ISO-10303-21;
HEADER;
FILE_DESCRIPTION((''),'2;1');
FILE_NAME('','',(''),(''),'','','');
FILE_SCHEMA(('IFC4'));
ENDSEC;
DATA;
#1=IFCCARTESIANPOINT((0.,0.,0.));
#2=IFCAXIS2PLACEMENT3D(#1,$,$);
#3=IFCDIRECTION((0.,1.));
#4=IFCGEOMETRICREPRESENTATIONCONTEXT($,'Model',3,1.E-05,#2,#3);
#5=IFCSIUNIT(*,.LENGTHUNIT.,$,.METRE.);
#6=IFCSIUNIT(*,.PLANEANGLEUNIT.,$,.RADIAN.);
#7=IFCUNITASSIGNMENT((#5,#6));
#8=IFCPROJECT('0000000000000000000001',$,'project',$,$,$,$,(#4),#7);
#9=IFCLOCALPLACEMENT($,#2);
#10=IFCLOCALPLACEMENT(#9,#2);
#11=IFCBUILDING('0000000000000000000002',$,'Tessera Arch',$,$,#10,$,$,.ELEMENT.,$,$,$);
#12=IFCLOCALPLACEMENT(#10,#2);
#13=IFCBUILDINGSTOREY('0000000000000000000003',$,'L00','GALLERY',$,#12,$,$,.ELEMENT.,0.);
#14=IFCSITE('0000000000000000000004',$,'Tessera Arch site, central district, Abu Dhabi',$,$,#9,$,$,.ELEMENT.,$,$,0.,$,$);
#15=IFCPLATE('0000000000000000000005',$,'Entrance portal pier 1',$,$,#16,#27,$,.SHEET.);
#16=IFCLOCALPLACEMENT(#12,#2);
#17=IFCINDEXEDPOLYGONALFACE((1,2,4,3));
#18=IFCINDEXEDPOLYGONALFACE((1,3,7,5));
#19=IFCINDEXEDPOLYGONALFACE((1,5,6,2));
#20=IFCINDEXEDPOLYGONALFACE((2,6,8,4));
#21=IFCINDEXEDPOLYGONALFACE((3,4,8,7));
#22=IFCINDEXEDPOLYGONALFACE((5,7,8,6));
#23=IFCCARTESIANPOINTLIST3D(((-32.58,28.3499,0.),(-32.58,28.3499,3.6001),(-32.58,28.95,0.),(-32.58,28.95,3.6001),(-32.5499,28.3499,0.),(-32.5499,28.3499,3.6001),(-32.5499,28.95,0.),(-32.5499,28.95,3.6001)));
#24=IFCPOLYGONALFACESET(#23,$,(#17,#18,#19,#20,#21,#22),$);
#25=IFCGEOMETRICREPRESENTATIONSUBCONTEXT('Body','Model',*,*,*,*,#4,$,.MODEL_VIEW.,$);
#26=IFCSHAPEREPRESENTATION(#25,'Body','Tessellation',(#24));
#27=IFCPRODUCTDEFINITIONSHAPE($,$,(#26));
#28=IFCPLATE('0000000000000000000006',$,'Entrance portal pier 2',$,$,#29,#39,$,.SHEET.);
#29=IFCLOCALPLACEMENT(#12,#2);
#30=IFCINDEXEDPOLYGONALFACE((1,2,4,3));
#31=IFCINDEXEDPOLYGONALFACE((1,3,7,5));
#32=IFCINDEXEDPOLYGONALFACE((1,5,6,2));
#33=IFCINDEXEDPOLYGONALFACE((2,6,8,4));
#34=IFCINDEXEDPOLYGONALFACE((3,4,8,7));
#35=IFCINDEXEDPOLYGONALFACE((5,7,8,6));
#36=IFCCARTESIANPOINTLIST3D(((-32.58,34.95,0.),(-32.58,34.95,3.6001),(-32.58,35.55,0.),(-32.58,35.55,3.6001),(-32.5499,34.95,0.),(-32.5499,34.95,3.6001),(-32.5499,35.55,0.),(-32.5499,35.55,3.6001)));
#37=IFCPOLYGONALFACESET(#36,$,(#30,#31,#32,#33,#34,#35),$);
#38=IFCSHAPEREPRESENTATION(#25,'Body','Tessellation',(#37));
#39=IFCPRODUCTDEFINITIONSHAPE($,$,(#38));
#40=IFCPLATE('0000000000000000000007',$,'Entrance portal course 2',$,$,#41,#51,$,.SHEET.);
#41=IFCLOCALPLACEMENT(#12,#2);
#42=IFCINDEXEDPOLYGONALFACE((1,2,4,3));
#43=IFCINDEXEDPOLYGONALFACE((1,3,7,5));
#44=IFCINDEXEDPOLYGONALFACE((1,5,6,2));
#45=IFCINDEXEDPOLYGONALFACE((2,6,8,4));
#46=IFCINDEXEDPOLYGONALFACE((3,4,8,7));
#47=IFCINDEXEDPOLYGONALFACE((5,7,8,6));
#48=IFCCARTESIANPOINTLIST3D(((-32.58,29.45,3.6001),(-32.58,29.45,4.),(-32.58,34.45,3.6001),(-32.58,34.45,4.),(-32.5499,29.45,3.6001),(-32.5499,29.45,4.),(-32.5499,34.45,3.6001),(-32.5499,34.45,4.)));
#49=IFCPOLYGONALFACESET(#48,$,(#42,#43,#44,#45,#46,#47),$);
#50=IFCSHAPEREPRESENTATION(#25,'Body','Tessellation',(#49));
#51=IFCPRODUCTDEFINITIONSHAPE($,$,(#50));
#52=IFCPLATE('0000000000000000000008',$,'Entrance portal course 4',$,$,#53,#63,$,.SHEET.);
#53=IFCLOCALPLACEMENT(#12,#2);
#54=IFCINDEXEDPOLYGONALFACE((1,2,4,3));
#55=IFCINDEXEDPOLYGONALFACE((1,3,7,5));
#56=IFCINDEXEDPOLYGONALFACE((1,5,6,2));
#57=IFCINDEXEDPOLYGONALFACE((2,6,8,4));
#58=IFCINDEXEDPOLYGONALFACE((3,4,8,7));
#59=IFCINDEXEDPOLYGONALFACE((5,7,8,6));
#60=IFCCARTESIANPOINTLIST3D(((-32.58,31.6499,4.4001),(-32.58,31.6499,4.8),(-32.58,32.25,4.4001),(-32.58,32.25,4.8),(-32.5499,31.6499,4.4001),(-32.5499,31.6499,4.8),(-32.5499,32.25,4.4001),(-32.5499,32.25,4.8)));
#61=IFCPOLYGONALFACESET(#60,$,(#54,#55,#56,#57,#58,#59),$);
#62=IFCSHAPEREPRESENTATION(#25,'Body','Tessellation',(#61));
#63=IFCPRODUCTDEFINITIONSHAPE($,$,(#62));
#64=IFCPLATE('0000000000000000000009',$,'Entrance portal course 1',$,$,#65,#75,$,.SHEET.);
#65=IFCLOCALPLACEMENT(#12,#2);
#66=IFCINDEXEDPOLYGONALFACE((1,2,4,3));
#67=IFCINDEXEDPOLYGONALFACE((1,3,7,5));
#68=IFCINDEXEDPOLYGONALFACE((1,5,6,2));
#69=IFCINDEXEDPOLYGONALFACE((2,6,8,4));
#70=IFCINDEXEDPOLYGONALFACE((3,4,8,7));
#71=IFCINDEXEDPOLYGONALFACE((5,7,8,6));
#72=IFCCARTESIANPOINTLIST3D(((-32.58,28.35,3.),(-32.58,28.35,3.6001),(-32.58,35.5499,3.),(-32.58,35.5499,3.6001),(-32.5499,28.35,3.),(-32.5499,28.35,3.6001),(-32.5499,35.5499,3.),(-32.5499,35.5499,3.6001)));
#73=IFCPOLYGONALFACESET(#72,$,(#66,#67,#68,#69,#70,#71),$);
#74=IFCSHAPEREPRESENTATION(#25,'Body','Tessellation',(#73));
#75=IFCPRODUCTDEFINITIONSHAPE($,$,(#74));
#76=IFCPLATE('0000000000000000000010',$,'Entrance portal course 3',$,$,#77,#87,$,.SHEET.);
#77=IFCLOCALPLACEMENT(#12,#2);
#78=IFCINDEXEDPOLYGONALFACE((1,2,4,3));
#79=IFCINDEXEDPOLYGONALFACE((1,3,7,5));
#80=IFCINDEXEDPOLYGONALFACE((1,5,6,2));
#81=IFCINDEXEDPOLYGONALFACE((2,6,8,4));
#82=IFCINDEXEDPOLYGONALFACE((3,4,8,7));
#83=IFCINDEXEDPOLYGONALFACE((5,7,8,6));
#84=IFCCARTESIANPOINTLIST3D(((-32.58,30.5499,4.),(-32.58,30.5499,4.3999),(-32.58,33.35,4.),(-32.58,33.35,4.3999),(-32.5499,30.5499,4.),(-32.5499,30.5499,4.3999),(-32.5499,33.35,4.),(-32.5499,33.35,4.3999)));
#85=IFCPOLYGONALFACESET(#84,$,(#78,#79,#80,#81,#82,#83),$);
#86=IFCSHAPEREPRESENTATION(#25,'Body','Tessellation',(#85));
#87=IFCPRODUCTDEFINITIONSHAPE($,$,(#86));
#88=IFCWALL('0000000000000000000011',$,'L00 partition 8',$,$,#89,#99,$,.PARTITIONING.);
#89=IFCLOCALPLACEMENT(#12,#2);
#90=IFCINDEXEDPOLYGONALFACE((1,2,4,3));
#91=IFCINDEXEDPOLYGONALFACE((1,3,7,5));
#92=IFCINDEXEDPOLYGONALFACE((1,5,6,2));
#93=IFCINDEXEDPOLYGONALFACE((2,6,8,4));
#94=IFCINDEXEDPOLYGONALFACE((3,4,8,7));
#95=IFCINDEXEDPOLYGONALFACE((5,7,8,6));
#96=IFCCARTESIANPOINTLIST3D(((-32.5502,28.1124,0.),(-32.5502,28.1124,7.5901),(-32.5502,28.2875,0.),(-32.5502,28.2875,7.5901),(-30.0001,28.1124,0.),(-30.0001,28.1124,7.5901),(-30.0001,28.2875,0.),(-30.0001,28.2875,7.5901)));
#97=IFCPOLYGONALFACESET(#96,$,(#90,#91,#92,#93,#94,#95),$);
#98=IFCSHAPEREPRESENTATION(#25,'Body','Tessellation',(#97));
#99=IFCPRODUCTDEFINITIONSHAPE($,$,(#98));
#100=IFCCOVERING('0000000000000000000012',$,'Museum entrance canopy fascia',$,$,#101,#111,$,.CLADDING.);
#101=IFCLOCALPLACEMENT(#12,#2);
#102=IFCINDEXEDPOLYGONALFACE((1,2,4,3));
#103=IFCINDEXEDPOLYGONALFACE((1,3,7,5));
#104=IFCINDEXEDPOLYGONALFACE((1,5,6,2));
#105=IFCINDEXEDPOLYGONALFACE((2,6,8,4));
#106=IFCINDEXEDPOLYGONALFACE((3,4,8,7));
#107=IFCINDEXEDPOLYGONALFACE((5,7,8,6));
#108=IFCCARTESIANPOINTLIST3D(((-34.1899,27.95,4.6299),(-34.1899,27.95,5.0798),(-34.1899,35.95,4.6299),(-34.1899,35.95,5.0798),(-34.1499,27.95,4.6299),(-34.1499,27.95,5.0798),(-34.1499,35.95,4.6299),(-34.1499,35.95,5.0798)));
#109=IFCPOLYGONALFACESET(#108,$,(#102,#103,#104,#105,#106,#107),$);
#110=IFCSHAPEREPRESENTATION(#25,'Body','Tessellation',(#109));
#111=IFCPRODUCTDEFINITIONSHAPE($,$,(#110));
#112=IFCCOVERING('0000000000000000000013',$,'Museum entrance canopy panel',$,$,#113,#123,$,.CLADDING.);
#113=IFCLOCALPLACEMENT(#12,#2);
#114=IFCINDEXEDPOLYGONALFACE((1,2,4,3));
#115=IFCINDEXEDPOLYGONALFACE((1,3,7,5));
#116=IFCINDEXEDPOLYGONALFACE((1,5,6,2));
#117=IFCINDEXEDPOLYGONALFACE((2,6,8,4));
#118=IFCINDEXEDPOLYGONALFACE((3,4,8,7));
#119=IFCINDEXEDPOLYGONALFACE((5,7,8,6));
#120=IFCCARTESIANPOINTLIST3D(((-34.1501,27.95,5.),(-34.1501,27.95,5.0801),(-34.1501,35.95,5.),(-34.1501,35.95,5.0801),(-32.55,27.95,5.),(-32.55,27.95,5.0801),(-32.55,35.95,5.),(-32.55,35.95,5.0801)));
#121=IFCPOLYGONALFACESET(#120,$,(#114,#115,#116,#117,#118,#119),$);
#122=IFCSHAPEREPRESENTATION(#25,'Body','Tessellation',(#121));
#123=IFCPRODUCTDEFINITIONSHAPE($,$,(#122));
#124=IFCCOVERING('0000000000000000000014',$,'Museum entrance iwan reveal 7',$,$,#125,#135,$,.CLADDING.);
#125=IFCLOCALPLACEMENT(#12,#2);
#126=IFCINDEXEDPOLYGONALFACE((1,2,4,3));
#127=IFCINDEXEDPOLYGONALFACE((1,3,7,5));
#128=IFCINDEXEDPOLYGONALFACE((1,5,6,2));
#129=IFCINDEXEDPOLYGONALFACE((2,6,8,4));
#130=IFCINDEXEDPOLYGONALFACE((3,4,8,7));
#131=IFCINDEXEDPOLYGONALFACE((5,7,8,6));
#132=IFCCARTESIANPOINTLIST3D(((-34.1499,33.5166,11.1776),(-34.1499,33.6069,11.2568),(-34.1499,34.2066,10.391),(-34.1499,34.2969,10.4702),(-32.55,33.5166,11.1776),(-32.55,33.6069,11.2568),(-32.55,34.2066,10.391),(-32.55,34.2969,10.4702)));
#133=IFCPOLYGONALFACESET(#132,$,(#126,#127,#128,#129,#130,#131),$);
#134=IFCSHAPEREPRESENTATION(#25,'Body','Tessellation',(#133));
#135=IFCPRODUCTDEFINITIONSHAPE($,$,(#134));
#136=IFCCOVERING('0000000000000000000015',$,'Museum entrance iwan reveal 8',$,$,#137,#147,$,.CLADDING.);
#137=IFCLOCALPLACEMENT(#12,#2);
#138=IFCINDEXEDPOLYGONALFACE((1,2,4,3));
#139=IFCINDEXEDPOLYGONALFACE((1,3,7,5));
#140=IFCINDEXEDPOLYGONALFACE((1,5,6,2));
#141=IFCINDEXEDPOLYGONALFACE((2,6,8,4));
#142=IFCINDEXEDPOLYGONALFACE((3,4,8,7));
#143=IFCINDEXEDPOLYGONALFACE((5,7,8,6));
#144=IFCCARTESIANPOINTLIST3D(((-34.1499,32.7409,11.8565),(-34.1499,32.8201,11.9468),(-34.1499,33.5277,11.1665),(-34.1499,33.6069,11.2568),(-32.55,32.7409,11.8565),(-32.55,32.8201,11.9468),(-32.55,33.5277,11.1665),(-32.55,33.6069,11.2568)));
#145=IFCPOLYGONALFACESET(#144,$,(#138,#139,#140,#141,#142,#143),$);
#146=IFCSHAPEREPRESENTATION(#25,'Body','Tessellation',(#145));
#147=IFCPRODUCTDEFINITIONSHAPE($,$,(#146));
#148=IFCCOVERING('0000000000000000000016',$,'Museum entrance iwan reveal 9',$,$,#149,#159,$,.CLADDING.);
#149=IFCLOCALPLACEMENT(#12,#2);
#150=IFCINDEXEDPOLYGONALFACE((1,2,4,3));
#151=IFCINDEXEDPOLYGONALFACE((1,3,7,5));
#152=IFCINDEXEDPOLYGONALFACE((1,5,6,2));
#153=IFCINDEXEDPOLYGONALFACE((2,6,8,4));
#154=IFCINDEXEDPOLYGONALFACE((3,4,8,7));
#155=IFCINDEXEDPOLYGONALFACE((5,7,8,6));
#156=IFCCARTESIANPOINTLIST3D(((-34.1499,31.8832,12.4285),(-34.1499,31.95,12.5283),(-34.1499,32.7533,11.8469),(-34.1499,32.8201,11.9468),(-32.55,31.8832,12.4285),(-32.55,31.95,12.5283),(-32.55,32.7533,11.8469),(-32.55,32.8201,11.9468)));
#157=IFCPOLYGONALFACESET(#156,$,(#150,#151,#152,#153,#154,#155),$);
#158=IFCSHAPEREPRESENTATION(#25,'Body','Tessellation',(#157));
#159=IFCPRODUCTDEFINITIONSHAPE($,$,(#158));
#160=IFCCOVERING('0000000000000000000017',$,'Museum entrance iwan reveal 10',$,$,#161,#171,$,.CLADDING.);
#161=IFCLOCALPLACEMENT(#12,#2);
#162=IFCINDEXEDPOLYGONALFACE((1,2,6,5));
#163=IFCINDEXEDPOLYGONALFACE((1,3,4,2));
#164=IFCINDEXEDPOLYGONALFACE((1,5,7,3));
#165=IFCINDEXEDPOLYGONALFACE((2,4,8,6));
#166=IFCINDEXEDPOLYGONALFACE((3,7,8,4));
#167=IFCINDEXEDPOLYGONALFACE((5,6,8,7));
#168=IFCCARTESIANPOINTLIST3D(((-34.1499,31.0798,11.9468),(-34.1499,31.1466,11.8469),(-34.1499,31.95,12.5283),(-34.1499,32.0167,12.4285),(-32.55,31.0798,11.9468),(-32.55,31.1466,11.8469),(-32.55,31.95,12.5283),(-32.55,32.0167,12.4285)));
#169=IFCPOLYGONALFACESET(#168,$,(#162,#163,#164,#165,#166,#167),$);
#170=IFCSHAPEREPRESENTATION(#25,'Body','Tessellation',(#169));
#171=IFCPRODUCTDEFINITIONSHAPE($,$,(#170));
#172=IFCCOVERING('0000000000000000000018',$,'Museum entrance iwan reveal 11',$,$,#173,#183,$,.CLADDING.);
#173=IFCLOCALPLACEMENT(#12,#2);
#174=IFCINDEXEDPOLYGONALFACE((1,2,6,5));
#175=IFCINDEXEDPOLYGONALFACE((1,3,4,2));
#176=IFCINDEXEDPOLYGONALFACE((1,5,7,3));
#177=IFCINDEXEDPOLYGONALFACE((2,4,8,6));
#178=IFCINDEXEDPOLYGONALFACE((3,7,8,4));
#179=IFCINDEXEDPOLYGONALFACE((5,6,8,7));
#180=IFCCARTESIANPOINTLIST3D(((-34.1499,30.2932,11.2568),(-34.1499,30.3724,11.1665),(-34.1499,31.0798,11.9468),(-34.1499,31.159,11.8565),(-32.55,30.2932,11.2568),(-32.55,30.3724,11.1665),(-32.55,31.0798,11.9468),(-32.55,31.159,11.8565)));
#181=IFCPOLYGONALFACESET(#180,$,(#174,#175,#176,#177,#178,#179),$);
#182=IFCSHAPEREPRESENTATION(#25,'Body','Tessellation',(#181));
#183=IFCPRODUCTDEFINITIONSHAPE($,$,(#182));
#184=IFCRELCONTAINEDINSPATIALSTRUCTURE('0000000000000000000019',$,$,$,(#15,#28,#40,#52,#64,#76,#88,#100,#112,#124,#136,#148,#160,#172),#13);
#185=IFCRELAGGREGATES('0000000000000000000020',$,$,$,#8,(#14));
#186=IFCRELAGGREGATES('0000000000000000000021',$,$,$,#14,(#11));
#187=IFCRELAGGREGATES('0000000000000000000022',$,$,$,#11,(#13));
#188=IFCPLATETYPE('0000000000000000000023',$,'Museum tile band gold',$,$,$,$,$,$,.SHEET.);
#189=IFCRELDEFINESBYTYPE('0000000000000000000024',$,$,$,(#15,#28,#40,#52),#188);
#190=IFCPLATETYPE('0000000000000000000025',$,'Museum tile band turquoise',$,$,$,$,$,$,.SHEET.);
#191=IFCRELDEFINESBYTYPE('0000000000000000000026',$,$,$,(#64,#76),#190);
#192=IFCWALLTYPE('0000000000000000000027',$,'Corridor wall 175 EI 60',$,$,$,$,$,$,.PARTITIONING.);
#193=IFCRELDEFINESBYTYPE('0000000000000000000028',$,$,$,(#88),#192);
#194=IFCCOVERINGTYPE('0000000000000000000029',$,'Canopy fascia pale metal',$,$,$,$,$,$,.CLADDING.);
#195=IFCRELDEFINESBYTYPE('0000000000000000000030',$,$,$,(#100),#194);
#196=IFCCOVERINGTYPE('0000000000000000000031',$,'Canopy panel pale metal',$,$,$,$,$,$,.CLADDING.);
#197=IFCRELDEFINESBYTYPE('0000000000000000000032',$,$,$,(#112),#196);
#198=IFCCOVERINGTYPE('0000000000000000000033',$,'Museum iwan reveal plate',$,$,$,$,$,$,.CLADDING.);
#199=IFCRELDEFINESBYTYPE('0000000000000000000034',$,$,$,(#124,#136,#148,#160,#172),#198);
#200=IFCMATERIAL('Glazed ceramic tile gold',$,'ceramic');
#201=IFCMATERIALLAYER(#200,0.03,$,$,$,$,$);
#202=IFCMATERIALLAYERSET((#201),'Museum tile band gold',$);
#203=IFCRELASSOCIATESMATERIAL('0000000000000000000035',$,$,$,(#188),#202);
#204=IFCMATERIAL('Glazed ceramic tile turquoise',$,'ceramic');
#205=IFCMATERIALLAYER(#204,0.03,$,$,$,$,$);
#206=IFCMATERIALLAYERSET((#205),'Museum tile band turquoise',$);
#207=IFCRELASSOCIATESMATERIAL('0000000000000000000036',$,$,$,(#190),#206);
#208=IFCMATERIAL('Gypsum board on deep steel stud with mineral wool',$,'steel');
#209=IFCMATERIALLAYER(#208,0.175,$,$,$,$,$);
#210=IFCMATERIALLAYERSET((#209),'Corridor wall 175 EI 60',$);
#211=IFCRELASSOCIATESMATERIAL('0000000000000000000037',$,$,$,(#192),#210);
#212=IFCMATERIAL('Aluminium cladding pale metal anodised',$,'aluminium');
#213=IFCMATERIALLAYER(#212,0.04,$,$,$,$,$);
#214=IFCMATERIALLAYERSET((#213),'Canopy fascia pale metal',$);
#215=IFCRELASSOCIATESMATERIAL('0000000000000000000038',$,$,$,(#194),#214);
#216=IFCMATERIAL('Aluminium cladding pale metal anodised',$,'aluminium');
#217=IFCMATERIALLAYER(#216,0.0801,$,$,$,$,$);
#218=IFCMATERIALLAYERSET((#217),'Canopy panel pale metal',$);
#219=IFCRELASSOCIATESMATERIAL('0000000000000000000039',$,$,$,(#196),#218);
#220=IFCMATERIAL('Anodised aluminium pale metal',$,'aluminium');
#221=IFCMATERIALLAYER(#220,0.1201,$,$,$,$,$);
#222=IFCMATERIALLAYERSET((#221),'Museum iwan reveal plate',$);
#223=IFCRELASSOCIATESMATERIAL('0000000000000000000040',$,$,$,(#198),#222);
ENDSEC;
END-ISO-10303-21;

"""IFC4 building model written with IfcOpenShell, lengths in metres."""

from ifc_helpers import new_model, si_unit, direction, frame, frame_2d, origin, origin_2d, place, context, subcontext, project, spatial, polyline, rectangle, outline, extrude, material, layer, layer_set, type_object, element, save


model = new_model("IFC4")

# Units and contexts
model_context = context("Model", 3, precision=1e-05, world=origin(), true_north=direction((0.0, 1.0)))
body_context = subcontext(model_context, "Body", "Model", "MODEL_VIEW")
ifc_project = project(units=[si_unit("LENGTHUNIT", "METRE"), si_unit("PLANEANGLEUNIT", "RADIAN")], contexts=[model_context])

# Site, building, storey
site_placement = place(None, origin())
site = spatial("IfcSite", under=ifc_project, at=site_placement, Name="Tessera Arch site, central district, Abu Dhabi", CompositionType="ELEMENT", RefElevation=0.0)
building_placement = place(site_placement, origin())
building = spatial("IfcBuilding", under=site, at=building_placement, Name="Tessera Arch", CompositionType="ELEMENT")
storey_placement = place(building_placement, origin())
storey = spatial("IfcBuildingStorey", under=building, at=storey_placement, Name="L00", Description="GALLERY", CompositionType="ELEMENT", Elevation=0.0)

# Plates
ifc_material_1 = material(Name="Glazed ceramic tile gold", Category="ceramic")
ifc_layer_1 = layer(ifc_material_1, 0.03)
ifc_layer_set_1 = layer_set([ifc_layer_1], Name="Museum tile band gold")
plate_type_1 = type_object("IfcPlateType", Name="Museum tile band gold", PredefinedType="SHEET", material=ifc_layer_set_1)
for number, where, z_axis, x_axis, name in (
    (1, (-32.5649, 28.6499, 0.0), (0.0, 0.0, 1.0), (0.0, 1.0, 0.0), "Entrance portal pier 1"),
    (2, (-32.5649, 35.25, 0.0), (0.0, 0.0, 1.0), (0.0, 1.0, 0.0), "Entrance portal pier 2"),
):
    element("IfcPlate", number, at=place(storey_placement, frame(where, z_axis=z_axis, x_axis=x_axis)), inside=storey, type_object=plate_type_1, Name=name, PredefinedType="SHEET", context=body_context, shape_type="SweptSolid", body=[
        extrude(rectangle(XDim=0.6001, YDim=0.03, at=origin_2d()), origin(), (0.0, 0.0, 1.0), 3.6001),
    ])
plate_1_placement = place(storey_placement, frame((-32.5649, 31.95, 3.6001), z_axis=(0.0, 0.0, 1.0), x_axis=(0.0, 1.0, 0.0)))
element("IfcPlate", 3, at=plate_1_placement, inside=storey, type_object=plate_type_1, Name="Entrance portal course 2", PredefinedType="SHEET", context=body_context, shape_type="SweptSolid", body=[
    extrude(rectangle(XDim=5.0, YDim=0.03, at=origin_2d()), origin(), (0.0, 0.0, 1.0), 0.3999),
])
plate_2_placement = place(storey_placement, frame((-32.5649, 31.95, 4.4001), z_axis=(0.0, 0.0, 1.0), x_axis=(0.0, 1.0, 0.0)))
element("IfcPlate", 4, at=plate_2_placement, inside=storey, type_object=plate_type_1, Name="Entrance portal course 4", PredefinedType="SHEET", context=body_context, shape_type="SweptSolid", body=[
    extrude(rectangle(XDim=0.6001, YDim=0.03, at=origin_2d()), origin(), (0.0, 0.0, 1.0), 0.3999),
])
ifc_material_2 = material(Name="Glazed ceramic tile turquoise", Category="ceramic")
ifc_layer_2 = layer(ifc_material_2, 0.03)
ifc_layer_set_2 = layer_set([ifc_layer_2], Name="Museum tile band turquoise")
plate_type_2 = type_object("IfcPlateType", Name="Museum tile band turquoise", PredefinedType="SHEET", material=ifc_layer_set_2)
plate_3_placement = place(storey_placement, frame((-32.5649, 31.95, 3.0), z_axis=(0.0, 0.0, 1.0), x_axis=(0.0, 1.0, 0.0)))
element("IfcPlate", 5, at=plate_3_placement, inside=storey, type_object=plate_type_2, Name="Entrance portal course 1", PredefinedType="SHEET", context=body_context, shape_type="SweptSolid", body=[
    extrude(rectangle(XDim=7.2, YDim=0.03, at=origin_2d()), origin(), (0.0, 0.0, 1.0), 0.6001),
])
plate_4_placement = place(storey_placement, frame((-32.5649, 31.95, 4.0), z_axis=(0.0, 0.0, 1.0), x_axis=(0.0, 1.0, 0.0)))
element("IfcPlate", 6, at=plate_4_placement, inside=storey, type_object=plate_type_2, Name="Entrance portal course 3", PredefinedType="SHEET", context=body_context, shape_type="SweptSolid", body=[
    extrude(rectangle(XDim=2.8, YDim=0.03, at=origin_2d()), origin(), (0.0, 0.0, 1.0), 0.3999),
])

# Wall
ifc_material_3 = material(Name="Gypsum board on deep steel stud with mineral wool", Category="steel")
ifc_layer_3 = layer(ifc_material_3, 0.175)
ifc_layer_set_3 = layer_set([ifc_layer_3], Name="Corridor wall 175 EI 60")
wall_type = type_object("IfcWallType", Name="Corridor wall 175 EI 60", PredefinedType="PARTITIONING", material=ifc_layer_set_3)
wall_placement = place(storey_placement, frame((-32.55, 28.2, 0.0), z_axis=(0.0, 0.0, 1.0), x_axis=(1.0, 0.0, 0.0)))
element("IfcWall", 7, at=wall_placement, inside=storey, type_object=wall_type, Name="L00 partition 8", PredefinedType="PARTITIONING", context=body_context, shape_type="SweptSolid", body=[
    extrude(rectangle(XDim=2.55, YDim=0.175, at=frame_2d((1.2749, 0.0))), origin(), (0.0, 0.0, 1.0), 7.5901),
])

# Coverings
ifc_material_4 = material(Name="Aluminium cladding pale metal anodised", Category="aluminium")
ifc_layer_4 = layer(ifc_material_4, 0.04)
ifc_layer_set_4 = layer_set([ifc_layer_4], Name="Canopy fascia pale metal")
covering_type_1 = type_object("IfcCoveringType", Name="Canopy fascia pale metal", PredefinedType="CLADDING", material=ifc_layer_set_4)
covering_1_placement = place(storey_placement, frame((-34.1699, 31.95, 4.6299), z_axis=(0.0, 0.0, 1.0), x_axis=(1.0, 0.0, 0.0)))
element("IfcCovering", 8, at=covering_1_placement, inside=storey, type_object=covering_type_1, Name="Museum entrance canopy fascia", PredefinedType="CLADDING", context=body_context, shape_type="SweptSolid", body=[
    extrude(rectangle(XDim=0.04, YDim=8.0, at=origin_2d()), origin(), (0.0, 0.0, 1.0), 0.45),
])
ifc_material_5 = material(Name="Aluminium cladding pale metal anodised", Category="aluminium")
ifc_layer_5 = layer(ifc_material_5, 0.0801)
ifc_layer_set_5 = layer_set([ifc_layer_5], Name="Canopy panel pale metal")
covering_type_2 = type_object("IfcCoveringType", Name="Canopy panel pale metal", PredefinedType="CLADDING", material=ifc_layer_set_5)
covering_2_placement = place(storey_placement, frame((-33.3501, 31.95, 5.0), z_axis=(0.0, 0.0, 1.0), x_axis=(1.0, 0.0, 0.0)))
element("IfcCovering", 9, at=covering_2_placement, inside=storey, type_object=covering_type_2, Name="Museum entrance canopy panel", PredefinedType="CLADDING", context=body_context, shape_type="SweptSolid", body=[
    extrude(rectangle(XDim=1.6001, YDim=8.0, at=origin_2d()), origin(), (0.0, 0.0, 1.0), 0.0801),
])
ifc_material_6 = material(Name="Anodised aluminium pale metal", Category="aluminium")
ifc_layer_6 = layer(ifc_material_6, 0.1201)
ifc_layer_set_6 = layer_set([ifc_layer_6], Name="Museum iwan reveal plate")
covering_type_3 = type_object("IfcCoveringType", Name="Museum iwan reveal plate", PredefinedType="CLADDING", material=ifc_layer_set_6)
covering_3_placement = place(storey_placement, frame((-32.55, 34.2969, 10.4702), z_axis=(0.0, 0.751796, 0.659396), x_axis=(0.0, -0.659396, 0.751796)))
element("IfcCovering", 10, at=covering_3_placement, inside=storey, type_object=covering_type_3, Name="Museum entrance iwan reveal 7", PredefinedType="CLADDING", context=body_context, shape_type="SweptSolid", body=[
    extrude(outline(polyline([(0.0, 0.0), (1.0463, 0.0), (1.0463, -1.5999), (0.0, -1.5999), (0.0, 0.0)])), origin(), (0.0, 0.0, -1.0), 0.1201),
])
covering_4_placement = place(storey_placement, frame((-32.55, 33.6069, 11.2568), z_axis=(0.0, 0.659281, 0.751897), x_axis=(0.0, -0.751897, 0.659281)))
element("IfcCovering", 11, at=covering_4_placement, inside=storey, type_object=covering_type_3, Name="Museum entrance iwan reveal 8", PredefinedType="CLADDING", context=body_context, shape_type="SweptSolid", body=[
    extrude(outline(polyline([(0.0, 0.0), (1.0465, 0.0), (1.0465, -1.5999), (0.0, -1.5999), (0.0, 0.0)])), origin(), (0.0, 0.0, -1.0), 0.1201),
])
for number, where, z_axis, x_axis, name in (
    (12, (-32.55, 32.8201, 11.9468), (0.0, 0.555669, 0.831404), (0.0, -0.831404, 0.555669), "Museum entrance iwan reveal 9"),
    (13, (-32.55, 31.95, 12.5283), (0.0, -0.555669, 0.831404), (0.0, -0.831404, -0.555669), "Museum entrance iwan reveal 10"),
):
    element("IfcCovering", number, at=place(storey_placement, frame(where, z_axis=z_axis, x_axis=x_axis)), inside=storey, type_object=covering_type_3, Name=name, PredefinedType="CLADDING", context=body_context, shape_type="SweptSolid", body=[
        extrude(outline(polyline([(0.0, 0.0), (1.0466, 0.0), (1.0466, -1.5999), (0.0, -1.5999), (0.0, 0.0)])), origin(), (0.0, 0.0, -1.0), 0.1201),
    ])
for number, where, z_axis, x_axis, name in (
    (14, (-32.55, 31.0798, 11.9468), (0.0, -0.659396, 0.751796), (0.0, -0.751796, -0.659396), "Museum entrance iwan reveal 11"),
):
    element("IfcCovering", number, at=place(storey_placement, frame(where, z_axis=z_axis, x_axis=x_axis)), inside=storey, type_object=covering_type_3, Name=name, PredefinedType="CLADDING", context=body_context, shape_type="SweptSolid", body=[
        extrude(outline(polyline([(0.0, 0.0), (1.0463, 0.0), (1.0463, -1.5999), (0.0, -1.5999), (0.0, 0.0)])), origin(), (0.0, 0.0, -1.0), 0.1201),
    ])

save(model, "model.ifc")
